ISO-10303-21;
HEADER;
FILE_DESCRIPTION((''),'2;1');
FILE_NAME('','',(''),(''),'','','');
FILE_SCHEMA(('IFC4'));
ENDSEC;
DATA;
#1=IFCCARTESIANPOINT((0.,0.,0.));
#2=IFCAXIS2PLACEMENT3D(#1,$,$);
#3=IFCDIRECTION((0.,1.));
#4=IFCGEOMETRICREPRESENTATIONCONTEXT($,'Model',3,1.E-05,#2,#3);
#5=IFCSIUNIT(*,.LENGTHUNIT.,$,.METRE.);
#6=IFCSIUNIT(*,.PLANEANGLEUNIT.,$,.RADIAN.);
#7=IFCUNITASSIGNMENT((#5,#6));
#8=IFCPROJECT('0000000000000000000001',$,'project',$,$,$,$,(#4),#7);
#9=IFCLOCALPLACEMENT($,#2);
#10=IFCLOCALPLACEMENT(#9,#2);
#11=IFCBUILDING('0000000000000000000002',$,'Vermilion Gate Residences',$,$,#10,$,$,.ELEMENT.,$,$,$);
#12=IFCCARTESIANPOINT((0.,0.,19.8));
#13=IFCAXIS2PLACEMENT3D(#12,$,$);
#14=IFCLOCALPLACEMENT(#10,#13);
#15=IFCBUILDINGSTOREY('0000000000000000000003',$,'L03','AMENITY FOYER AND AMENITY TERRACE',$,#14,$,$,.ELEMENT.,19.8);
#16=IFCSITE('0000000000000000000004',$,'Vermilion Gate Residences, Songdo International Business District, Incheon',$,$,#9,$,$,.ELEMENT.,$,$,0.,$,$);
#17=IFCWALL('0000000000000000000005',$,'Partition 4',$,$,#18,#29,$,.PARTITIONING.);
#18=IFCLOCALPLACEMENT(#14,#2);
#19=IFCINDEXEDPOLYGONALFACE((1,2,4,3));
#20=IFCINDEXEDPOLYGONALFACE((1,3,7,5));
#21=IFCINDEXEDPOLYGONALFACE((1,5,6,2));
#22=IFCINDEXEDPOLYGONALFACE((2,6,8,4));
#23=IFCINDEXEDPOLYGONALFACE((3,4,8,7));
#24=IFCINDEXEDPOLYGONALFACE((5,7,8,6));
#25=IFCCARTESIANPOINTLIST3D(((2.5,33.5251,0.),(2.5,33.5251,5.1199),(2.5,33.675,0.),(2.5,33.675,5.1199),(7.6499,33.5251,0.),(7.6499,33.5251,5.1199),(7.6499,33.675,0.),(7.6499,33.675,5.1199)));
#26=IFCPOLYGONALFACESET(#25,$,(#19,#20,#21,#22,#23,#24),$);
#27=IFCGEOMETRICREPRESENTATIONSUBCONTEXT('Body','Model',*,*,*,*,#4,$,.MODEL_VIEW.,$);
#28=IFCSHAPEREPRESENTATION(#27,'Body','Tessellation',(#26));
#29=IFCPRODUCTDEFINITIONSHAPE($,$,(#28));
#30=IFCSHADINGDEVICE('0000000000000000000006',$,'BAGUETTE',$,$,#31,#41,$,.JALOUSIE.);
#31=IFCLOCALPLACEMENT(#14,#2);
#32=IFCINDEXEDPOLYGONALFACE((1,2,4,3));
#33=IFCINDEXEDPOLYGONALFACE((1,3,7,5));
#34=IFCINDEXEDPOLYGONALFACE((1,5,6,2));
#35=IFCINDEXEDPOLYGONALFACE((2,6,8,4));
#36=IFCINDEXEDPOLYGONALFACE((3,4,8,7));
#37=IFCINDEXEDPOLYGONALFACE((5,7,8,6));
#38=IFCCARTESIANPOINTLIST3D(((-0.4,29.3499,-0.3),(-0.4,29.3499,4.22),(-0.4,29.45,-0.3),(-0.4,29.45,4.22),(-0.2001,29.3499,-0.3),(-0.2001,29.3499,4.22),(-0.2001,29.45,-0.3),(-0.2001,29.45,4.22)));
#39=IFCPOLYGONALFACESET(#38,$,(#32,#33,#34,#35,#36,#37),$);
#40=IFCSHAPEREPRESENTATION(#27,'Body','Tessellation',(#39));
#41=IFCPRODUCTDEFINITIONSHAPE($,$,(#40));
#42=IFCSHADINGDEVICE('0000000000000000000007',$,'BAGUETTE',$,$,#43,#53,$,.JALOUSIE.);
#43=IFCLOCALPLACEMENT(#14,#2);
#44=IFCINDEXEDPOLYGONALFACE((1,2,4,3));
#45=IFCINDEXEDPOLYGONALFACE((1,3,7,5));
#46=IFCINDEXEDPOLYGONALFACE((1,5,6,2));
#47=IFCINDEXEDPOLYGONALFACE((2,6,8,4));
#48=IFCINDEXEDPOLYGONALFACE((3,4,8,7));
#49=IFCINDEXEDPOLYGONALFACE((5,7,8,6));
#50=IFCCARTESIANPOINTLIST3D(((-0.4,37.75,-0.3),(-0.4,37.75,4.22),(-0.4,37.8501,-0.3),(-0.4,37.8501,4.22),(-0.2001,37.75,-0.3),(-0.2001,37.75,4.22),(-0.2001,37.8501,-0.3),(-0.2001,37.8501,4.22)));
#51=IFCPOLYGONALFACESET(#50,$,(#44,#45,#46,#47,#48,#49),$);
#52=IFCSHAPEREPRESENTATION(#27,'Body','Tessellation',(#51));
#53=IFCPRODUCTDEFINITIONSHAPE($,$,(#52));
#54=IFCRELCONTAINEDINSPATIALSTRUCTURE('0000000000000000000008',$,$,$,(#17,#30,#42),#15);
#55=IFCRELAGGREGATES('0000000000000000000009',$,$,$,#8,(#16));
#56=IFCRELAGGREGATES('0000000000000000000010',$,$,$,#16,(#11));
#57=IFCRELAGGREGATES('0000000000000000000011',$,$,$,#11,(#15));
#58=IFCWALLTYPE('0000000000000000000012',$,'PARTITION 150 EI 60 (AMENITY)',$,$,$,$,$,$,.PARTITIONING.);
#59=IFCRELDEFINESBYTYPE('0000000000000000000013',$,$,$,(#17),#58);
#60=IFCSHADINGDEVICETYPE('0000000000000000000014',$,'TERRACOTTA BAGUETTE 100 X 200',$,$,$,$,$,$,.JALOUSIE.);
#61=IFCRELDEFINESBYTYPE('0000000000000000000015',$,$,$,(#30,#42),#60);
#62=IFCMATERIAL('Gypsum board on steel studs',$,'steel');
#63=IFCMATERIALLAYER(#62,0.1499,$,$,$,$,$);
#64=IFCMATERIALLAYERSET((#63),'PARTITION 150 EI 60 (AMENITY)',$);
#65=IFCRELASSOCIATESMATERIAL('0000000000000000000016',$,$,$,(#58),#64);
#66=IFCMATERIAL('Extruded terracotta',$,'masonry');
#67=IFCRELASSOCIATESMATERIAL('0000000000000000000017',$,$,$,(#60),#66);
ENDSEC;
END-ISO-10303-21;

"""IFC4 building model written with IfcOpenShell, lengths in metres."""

from ifc_helpers import new_model, si_unit, direction, frame, frame_2d, origin, origin_2d, place, context, subcontext, project, spatial, rectangle, extrude, material, layer, layer_set, material_profile, profile_set, type_object, element, save


model = new_model("IFC4")

# Units and contexts
model_context = context("Model", 3, precision=1e-05, world=origin(), true_north=direction((0.0, 1.0)))
body_context = subcontext(model_context, "Body", "Model", "MODEL_VIEW")
ifc_project = project(units=[si_unit("LENGTHUNIT", "METRE"), si_unit("PLANEANGLEUNIT", "RADIAN")], contexts=[model_context])

# Site, building, storey
site_placement = place(None, origin())
site = spatial("IfcSite", under=ifc_project, at=site_placement, Name="Vermilion Gate Residences, Songdo International Business District, Incheon", CompositionType="ELEMENT", RefElevation=0.0)
building_placement = place(site_placement, origin())
building = spatial("IfcBuilding", under=site, at=building_placement, Name="Vermilion Gate Residences", CompositionType="ELEMENT")
storey_placement = place(building_placement, frame((0.0, 0.0, 19.8)))
storey = spatial("IfcBuildingStorey", under=building, at=storey_placement, Name="L03", Description="AMENITY FOYER AND AMENITY TERRACE", CompositionType="ELEMENT", Elevation=19.8)

# Wall
ifc_material_1 = material(Name="Gypsum board on steel studs", Category="steel")
ifc_layer_1 = layer(ifc_material_1, 0.1499)
ifc_layer_set_1 = layer_set([ifc_layer_1], Name="PARTITION 150 EI 60 (AMENITY)")
wall_type = type_object("IfcWallType", Name="PARTITION 150 EI 60 (AMENITY)", PredefinedType="PARTITIONING", material=ifc_layer_set_1)
wall_placement = place(storey_placement, frame((2.5, 33.6001, 0.0), z_axis=(0.0, 0.0, 1.0), x_axis=(1.0, 0.0, 0.0)))
element("IfcWall", 1, at=wall_placement, inside=storey, type_object=wall_type, Name="Partition 4", PredefinedType="PARTITIONING", context=body_context, shape_type="SweptSolid", body=[
    extrude(rectangle(XDim=5.1499, YDim=0.1499, at=frame_2d((2.575, 0.0))), origin(), (0.0, 0.0, 1.0), 5.1199),
])

# Shading devices
ifc_material_2 = material(Name="Extruded terracotta", Category="masonry")
ifc_material_profile_1 = material_profile(ifc_material_2, rectangle(XDim=0.2, YDim=0.1001, at=origin_2d()), Name="BAGUETTE 100 X 200")
ifc_profile_set_1 = profile_set([ifc_material_profile_1], Name="Extruded terracotta")
shading_device_type = type_object("IfcShadingDeviceType", Name="TERRACOTTA BAGUETTE 100 X 200", PredefinedType="JALOUSIE", material=ifc_profile_set_1)
for number, where, z_axis, x_axis, name in (
    (2, (-0.3, 29.3999, -0.3), (0.0, 0.0, 1.0), (1.0, 0.0, 0.0), "BAGUETTE"),
    (3, (-0.3, 37.8, -0.3), (0.0, 0.0, 1.0), (1.0, 0.0, 0.0), "BAGUETTE"),
):
    element("IfcShadingDevice", number, at=place(storey_placement, frame(where, z_axis=z_axis, x_axis=x_axis)), inside=storey, type_object=shading_device_type, Name=name, PredefinedType="JALOUSIE", context=body_context, shape_type="SweptSolid", body=[
        extrude(rectangle(XDim=0.2, YDim=0.1001, at=origin_2d()), origin(), (0.0, 0.0, 1.0), 4.52),
    ])

save(model, "model.ifc")
